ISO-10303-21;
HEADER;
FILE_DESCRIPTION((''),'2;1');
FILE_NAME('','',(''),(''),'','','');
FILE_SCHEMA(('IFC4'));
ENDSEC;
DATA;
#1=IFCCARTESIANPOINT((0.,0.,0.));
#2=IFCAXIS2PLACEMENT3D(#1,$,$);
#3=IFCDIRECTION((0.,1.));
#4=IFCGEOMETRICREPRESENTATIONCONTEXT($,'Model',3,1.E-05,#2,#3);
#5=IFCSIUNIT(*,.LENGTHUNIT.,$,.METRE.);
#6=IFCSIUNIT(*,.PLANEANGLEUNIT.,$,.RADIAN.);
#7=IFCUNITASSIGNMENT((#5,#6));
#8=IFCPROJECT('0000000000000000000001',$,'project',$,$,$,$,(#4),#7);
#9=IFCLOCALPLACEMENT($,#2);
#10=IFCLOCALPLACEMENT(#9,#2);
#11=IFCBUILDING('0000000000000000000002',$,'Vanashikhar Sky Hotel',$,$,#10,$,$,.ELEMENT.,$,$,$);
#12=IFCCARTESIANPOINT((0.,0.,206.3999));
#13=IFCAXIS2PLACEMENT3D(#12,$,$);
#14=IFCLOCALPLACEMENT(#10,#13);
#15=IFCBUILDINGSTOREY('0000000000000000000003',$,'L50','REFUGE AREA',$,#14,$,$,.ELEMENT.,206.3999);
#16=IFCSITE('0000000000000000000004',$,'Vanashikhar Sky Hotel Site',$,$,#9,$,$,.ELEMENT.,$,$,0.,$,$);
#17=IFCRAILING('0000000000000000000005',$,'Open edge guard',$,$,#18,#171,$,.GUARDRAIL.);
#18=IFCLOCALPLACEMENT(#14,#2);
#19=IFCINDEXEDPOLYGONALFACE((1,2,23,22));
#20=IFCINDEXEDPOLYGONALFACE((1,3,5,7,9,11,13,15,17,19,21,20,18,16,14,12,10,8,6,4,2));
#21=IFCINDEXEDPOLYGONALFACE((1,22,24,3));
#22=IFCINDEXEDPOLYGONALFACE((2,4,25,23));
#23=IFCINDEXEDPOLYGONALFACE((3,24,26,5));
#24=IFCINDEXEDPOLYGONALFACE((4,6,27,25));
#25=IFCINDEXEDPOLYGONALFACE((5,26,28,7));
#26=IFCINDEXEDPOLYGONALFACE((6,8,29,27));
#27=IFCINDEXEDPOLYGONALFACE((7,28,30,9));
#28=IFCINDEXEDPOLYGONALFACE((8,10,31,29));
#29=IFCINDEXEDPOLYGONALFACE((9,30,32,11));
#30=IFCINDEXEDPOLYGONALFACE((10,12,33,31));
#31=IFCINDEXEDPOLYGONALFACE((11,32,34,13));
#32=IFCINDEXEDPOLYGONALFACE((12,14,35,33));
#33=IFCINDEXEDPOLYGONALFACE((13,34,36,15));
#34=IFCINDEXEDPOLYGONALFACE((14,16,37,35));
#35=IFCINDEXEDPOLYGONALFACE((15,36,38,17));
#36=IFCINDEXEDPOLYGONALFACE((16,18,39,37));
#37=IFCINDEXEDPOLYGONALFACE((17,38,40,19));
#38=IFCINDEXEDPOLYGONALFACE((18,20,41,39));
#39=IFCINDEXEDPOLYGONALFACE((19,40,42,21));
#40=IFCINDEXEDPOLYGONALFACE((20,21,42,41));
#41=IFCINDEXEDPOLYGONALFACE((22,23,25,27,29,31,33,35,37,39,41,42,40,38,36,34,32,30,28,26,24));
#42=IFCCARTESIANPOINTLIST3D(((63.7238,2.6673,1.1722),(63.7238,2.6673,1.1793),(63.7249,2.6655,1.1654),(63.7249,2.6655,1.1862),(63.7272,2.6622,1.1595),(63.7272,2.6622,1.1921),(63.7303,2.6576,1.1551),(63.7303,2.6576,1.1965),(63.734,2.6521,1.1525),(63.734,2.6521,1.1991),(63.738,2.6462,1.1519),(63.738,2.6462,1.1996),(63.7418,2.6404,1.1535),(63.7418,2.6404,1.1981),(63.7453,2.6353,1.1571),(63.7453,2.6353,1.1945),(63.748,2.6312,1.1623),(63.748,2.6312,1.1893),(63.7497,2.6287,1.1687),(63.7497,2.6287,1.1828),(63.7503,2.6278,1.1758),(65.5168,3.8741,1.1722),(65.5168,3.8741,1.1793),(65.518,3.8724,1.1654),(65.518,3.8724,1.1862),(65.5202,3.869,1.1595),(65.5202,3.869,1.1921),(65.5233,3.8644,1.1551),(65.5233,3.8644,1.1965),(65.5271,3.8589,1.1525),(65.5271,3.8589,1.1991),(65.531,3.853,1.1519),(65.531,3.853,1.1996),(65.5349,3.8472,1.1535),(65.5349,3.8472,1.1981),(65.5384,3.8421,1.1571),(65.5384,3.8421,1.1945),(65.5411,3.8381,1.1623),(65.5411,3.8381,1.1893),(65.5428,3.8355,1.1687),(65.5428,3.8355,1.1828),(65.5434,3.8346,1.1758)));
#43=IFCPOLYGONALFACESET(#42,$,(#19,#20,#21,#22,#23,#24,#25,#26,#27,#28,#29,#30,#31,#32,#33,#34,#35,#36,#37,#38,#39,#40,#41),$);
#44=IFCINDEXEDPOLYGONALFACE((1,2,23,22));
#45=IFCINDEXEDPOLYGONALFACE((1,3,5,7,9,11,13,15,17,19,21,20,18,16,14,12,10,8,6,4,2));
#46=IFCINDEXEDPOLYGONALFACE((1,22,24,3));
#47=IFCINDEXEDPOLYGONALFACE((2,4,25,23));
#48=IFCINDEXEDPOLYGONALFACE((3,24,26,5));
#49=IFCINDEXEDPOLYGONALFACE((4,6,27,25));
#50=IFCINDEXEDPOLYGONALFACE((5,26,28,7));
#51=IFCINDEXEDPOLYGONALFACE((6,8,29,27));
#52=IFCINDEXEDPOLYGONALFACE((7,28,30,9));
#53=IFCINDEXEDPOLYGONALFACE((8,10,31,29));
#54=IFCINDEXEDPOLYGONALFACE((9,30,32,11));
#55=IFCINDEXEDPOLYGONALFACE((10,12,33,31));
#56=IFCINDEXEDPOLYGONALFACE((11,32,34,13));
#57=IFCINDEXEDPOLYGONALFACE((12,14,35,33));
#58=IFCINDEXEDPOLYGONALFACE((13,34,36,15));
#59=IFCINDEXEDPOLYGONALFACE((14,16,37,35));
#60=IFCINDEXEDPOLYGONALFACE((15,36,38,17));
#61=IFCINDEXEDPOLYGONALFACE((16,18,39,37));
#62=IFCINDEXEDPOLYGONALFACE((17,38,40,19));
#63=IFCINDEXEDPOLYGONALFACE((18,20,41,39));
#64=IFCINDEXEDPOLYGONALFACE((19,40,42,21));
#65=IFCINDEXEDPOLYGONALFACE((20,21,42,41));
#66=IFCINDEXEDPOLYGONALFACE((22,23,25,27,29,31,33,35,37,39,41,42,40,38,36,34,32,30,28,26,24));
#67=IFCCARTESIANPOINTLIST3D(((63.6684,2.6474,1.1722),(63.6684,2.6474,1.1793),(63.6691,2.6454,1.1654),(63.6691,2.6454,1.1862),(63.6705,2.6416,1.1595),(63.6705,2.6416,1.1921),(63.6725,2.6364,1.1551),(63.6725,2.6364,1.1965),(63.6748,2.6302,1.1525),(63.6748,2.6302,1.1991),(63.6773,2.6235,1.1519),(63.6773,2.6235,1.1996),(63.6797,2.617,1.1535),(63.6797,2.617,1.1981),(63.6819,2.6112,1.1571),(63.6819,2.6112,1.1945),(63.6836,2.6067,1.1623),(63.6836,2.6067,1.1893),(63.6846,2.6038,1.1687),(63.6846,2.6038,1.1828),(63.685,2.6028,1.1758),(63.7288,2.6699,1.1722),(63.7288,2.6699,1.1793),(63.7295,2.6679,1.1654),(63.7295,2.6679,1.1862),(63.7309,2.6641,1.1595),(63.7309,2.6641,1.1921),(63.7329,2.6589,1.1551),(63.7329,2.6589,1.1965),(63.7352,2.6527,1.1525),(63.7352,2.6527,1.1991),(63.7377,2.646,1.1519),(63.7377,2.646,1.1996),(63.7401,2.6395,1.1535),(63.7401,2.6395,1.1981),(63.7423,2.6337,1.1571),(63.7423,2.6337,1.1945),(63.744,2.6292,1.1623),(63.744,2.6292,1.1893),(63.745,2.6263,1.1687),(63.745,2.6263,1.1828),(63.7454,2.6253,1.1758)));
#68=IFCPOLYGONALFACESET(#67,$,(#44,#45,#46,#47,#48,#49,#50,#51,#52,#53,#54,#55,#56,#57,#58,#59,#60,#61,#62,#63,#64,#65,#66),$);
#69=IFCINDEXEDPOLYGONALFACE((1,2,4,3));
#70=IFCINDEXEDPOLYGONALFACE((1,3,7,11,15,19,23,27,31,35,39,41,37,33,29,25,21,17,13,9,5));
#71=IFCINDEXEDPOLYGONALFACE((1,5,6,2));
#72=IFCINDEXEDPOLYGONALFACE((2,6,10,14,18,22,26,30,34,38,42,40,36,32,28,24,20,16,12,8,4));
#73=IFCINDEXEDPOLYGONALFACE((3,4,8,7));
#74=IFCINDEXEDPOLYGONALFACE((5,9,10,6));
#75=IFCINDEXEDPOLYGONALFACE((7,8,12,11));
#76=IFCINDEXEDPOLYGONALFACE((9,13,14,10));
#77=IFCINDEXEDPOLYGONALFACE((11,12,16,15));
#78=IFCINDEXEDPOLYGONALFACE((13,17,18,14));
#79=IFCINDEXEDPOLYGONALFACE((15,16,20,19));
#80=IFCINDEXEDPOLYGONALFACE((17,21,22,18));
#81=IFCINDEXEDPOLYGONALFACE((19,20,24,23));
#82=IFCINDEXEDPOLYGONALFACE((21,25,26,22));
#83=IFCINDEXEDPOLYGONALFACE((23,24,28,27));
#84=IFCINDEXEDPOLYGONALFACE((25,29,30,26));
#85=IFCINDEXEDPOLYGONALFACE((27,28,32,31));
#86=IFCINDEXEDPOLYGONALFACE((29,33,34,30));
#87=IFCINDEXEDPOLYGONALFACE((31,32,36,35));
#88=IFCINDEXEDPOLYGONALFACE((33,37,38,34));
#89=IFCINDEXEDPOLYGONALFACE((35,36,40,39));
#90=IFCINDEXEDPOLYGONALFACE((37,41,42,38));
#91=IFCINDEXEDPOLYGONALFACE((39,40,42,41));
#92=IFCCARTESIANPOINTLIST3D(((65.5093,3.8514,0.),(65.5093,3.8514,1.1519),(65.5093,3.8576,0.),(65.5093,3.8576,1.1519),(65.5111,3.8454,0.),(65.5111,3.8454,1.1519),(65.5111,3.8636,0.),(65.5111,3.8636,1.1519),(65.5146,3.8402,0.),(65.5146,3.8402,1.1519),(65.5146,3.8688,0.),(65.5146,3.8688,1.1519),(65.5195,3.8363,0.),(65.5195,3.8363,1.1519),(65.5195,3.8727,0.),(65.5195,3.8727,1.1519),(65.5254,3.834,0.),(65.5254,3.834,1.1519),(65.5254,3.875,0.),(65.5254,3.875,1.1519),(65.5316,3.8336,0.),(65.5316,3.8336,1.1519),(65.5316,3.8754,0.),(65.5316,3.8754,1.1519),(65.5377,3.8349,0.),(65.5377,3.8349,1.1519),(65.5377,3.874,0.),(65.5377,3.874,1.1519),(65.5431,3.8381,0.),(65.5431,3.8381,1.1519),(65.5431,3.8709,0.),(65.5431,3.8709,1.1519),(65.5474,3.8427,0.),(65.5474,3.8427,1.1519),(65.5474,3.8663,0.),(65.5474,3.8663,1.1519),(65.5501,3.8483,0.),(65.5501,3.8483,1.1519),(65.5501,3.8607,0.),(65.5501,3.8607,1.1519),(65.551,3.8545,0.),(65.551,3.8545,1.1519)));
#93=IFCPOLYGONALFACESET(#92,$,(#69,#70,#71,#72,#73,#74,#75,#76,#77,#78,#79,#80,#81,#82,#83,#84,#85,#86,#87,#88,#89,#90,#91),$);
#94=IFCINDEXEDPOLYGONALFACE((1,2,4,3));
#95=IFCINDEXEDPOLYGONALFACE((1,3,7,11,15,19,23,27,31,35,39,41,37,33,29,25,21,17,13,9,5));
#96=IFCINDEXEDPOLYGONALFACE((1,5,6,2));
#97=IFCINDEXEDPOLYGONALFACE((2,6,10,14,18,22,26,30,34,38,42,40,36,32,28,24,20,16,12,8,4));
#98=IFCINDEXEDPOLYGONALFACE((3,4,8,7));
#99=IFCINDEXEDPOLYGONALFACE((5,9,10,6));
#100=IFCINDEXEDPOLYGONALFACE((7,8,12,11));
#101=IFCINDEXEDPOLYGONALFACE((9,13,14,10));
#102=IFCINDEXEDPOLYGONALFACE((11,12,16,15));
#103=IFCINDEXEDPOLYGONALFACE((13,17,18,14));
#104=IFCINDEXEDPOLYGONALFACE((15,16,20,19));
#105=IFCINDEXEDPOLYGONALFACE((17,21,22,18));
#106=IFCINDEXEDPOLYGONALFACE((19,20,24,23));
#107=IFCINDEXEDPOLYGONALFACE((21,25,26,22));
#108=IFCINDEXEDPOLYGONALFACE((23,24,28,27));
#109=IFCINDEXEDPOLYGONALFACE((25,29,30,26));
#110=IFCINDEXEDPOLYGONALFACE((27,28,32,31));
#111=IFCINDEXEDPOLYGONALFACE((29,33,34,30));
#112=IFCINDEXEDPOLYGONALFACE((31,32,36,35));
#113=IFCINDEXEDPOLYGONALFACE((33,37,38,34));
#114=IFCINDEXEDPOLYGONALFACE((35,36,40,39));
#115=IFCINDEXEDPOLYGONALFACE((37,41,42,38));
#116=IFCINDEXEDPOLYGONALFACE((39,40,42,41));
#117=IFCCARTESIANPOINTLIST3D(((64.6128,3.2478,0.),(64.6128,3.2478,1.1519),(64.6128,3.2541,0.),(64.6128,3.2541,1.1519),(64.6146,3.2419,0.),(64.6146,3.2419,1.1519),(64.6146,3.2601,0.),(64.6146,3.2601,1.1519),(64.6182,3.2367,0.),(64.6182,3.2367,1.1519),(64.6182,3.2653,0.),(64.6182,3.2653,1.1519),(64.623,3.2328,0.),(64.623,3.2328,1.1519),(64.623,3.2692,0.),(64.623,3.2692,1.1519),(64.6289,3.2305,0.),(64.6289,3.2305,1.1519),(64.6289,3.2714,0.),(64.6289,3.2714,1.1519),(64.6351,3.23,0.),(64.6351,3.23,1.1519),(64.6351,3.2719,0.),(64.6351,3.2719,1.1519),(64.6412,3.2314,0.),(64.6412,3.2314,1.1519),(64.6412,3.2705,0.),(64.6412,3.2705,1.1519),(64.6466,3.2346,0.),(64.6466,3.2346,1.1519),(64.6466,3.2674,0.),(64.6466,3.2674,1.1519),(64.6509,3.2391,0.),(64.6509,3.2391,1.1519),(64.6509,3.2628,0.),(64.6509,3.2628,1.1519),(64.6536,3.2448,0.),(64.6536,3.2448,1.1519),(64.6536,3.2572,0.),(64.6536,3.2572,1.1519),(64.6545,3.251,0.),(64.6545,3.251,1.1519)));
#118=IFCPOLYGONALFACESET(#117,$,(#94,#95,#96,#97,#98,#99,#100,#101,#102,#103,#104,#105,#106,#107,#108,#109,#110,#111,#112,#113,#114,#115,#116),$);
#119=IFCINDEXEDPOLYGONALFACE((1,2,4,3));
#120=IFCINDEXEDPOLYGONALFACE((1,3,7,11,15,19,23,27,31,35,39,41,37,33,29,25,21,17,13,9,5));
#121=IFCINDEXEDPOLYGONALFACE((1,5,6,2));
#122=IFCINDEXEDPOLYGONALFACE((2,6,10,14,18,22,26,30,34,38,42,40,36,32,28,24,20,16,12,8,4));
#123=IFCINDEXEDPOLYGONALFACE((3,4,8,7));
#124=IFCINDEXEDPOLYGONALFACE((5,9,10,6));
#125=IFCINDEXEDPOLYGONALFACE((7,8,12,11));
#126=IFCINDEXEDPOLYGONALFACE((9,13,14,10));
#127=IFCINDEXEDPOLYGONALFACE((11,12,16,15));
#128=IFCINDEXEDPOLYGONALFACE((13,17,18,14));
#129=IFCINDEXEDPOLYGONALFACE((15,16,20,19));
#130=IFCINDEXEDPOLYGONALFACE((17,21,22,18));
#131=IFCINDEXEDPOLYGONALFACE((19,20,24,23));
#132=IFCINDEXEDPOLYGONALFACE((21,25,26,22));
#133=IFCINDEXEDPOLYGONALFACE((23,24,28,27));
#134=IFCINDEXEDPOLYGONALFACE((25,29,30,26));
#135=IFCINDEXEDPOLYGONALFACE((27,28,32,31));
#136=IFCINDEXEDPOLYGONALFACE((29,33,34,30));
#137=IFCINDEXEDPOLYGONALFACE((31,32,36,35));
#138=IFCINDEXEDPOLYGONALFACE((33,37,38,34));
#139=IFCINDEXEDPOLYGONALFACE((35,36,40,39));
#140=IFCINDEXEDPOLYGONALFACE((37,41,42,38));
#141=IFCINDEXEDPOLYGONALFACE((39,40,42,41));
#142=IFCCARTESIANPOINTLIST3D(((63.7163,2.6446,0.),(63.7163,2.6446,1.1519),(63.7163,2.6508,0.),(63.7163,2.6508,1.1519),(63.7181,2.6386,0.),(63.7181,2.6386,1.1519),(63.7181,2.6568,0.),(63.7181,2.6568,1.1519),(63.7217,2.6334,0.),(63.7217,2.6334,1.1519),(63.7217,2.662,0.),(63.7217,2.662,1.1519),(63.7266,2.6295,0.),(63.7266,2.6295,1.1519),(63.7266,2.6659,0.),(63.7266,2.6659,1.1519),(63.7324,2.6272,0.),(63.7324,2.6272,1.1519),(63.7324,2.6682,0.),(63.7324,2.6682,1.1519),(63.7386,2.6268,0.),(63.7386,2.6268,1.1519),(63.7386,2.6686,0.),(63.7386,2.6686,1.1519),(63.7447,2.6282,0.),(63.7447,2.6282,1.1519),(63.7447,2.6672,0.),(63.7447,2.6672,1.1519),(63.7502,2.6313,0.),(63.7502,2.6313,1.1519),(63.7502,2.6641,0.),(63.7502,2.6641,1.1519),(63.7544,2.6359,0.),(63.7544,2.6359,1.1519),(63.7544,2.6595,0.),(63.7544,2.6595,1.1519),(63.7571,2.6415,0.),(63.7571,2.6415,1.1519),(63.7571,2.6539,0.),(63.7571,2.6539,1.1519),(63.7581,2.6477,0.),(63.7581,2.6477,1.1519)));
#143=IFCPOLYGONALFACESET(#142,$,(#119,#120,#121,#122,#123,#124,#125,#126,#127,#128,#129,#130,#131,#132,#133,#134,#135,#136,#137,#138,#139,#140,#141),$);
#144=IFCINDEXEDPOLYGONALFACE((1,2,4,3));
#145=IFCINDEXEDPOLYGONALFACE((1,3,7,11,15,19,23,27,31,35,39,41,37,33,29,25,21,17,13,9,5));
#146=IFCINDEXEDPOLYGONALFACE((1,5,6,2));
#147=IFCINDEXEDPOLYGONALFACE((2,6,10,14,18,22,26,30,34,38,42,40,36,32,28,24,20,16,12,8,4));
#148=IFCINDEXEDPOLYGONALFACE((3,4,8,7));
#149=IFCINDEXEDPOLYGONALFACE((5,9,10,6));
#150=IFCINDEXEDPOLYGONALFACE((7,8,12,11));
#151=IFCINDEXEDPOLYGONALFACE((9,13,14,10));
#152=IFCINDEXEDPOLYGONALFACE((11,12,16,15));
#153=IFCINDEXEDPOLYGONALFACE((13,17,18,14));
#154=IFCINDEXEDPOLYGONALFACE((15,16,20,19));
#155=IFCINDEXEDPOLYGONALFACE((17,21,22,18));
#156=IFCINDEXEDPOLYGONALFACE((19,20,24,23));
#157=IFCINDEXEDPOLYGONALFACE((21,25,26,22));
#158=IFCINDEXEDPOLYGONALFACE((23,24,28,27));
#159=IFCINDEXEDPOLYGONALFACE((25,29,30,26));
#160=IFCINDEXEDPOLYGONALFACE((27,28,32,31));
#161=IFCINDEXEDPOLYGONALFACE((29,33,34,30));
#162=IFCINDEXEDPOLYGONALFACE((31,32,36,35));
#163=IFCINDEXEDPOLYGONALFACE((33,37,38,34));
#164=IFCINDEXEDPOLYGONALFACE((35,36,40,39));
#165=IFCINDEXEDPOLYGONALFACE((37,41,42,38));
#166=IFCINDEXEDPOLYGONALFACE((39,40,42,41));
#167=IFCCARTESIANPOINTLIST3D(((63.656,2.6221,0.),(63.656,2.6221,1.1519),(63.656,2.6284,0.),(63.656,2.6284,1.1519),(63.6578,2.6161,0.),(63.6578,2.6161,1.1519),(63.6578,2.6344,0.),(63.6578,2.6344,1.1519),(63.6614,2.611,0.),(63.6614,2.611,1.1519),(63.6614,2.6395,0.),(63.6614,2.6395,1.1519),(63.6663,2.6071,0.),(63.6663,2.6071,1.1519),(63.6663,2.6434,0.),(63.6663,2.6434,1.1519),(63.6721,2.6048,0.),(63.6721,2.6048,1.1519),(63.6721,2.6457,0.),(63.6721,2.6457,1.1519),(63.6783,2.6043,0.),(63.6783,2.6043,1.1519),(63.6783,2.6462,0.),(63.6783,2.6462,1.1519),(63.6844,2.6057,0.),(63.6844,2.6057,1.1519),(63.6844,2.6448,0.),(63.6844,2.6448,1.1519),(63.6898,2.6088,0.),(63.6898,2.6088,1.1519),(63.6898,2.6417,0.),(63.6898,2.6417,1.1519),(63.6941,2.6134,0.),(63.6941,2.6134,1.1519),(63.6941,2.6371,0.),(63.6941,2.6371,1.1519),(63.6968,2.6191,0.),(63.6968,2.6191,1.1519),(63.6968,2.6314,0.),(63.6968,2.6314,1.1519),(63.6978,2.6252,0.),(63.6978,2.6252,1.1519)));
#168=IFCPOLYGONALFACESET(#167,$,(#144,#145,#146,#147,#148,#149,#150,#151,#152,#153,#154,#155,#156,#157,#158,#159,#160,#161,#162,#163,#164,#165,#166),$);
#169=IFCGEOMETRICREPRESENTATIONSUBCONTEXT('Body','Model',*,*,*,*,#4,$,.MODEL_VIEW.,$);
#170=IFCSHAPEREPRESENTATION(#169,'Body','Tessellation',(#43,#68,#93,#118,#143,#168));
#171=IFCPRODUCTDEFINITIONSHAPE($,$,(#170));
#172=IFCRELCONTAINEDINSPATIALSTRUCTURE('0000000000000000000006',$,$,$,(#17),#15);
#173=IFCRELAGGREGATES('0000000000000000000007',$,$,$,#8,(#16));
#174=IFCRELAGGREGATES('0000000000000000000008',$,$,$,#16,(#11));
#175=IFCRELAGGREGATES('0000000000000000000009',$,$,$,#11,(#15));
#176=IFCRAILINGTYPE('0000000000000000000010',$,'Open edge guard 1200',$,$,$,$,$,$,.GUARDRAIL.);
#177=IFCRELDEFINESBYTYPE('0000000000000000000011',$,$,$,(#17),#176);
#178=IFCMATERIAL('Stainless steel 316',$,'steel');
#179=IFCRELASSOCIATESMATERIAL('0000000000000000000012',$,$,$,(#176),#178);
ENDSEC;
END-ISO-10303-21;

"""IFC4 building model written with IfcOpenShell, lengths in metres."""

from ifc_helpers import new_model, si_unit, direction, frame, origin, origin_2d, place, context, subcontext, project, spatial, circle, extrude, source, transform, mapped, material, type_object, element, save


model = new_model("IFC4")

# Units and contexts
model_context = context("Model", 3, precision=1e-05, world=origin(), true_north=direction((0.0, 1.0)))
body_context = subcontext(model_context, "Body", "Model", "MODEL_VIEW")
ifc_project = project(units=[si_unit("LENGTHUNIT", "METRE"), si_unit("PLANEANGLEUNIT", "RADIAN")], contexts=[model_context])

# Site, building, storey
site_placement = place(None, origin())
site = spatial("IfcSite", under=ifc_project, at=site_placement, Name="Vanashikhar Sky Hotel Site", CompositionType="ELEMENT", RefElevation=0.0)
building_placement = place(site_placement, origin())
building = spatial("IfcBuilding", under=site, at=building_placement, Name="Vanashikhar Sky Hotel", CompositionType="ELEMENT")
storey_placement = place(building_placement, frame((0.0, 0.0, 206.3999)))
storey = spatial("IfcBuildingStorey", under=building, at=storey_placement, Name="L50", Description="REFUGE AREA", CompositionType="ELEMENT", Elevation=206.3999)

# Railing
ifc_material_1 = material(Name="Stainless steel 316", Category="steel")
railing_type = type_object("IfcRailingType", Name="Open edge guard 1200", PredefinedType="GUARDRAIL", material=ifc_material_1)
shared_shape_1 = source(origin(), body_context, "Body", "SweptSolid", [
    extrude(circle(Radius=0.0239, at=origin_2d()), frame((0.0, 0.0, 1.1758), z_axis=(-0.829592, -0.55837, 0.0), x_axis=(0.55837, -0.829592, 0.0)), (0.0, 0.0, 1.0), 2.1614),
    extrude(circle(Radius=0.0239, at=origin_2d()), frame((-1.793, -1.2068, 1.1758), z_axis=(-0.937106, -0.349044, 0.0), x_axis=(0.349044, -0.937106, 0.0)), (0.0, 0.0, 1.0), 0.0645),
    extrude(circle(Radius=0.021, at=origin_2d()), origin(), (0.0, 0.0, 1.0), 1.1519),
    extrude(circle(Radius=0.021, at=origin_2d()), frame((-0.8965, -0.6035, 0.0)), (0.0, 0.0, 1.0), 1.1519),
    extrude(circle(Radius=0.021, at=origin_2d()), frame((-1.793, -1.2068, 0.0)), (0.0, 0.0, 1.0), 1.1519),
    extrude(circle(Radius=0.021, at=origin_2d()), frame((-1.8533, -1.2292, 0.0)), (0.0, 0.0, 1.0), 1.1519),
])
railing_1_placement = place(storey_placement, frame((65.53, 3.8545, 0.0)))
element("IfcRailing", 1, at=railing_1_placement, inside=storey, type_object=railing_type, Name="Open edge guard", PredefinedType="GUARDRAIL", context=body_context, shape_type="MappedRepresentation", body=[
    mapped(shared_shape_1, transform((0.0, 0.0, 0.0), scale=1.0)),
])

save(model, "model.ifc")
